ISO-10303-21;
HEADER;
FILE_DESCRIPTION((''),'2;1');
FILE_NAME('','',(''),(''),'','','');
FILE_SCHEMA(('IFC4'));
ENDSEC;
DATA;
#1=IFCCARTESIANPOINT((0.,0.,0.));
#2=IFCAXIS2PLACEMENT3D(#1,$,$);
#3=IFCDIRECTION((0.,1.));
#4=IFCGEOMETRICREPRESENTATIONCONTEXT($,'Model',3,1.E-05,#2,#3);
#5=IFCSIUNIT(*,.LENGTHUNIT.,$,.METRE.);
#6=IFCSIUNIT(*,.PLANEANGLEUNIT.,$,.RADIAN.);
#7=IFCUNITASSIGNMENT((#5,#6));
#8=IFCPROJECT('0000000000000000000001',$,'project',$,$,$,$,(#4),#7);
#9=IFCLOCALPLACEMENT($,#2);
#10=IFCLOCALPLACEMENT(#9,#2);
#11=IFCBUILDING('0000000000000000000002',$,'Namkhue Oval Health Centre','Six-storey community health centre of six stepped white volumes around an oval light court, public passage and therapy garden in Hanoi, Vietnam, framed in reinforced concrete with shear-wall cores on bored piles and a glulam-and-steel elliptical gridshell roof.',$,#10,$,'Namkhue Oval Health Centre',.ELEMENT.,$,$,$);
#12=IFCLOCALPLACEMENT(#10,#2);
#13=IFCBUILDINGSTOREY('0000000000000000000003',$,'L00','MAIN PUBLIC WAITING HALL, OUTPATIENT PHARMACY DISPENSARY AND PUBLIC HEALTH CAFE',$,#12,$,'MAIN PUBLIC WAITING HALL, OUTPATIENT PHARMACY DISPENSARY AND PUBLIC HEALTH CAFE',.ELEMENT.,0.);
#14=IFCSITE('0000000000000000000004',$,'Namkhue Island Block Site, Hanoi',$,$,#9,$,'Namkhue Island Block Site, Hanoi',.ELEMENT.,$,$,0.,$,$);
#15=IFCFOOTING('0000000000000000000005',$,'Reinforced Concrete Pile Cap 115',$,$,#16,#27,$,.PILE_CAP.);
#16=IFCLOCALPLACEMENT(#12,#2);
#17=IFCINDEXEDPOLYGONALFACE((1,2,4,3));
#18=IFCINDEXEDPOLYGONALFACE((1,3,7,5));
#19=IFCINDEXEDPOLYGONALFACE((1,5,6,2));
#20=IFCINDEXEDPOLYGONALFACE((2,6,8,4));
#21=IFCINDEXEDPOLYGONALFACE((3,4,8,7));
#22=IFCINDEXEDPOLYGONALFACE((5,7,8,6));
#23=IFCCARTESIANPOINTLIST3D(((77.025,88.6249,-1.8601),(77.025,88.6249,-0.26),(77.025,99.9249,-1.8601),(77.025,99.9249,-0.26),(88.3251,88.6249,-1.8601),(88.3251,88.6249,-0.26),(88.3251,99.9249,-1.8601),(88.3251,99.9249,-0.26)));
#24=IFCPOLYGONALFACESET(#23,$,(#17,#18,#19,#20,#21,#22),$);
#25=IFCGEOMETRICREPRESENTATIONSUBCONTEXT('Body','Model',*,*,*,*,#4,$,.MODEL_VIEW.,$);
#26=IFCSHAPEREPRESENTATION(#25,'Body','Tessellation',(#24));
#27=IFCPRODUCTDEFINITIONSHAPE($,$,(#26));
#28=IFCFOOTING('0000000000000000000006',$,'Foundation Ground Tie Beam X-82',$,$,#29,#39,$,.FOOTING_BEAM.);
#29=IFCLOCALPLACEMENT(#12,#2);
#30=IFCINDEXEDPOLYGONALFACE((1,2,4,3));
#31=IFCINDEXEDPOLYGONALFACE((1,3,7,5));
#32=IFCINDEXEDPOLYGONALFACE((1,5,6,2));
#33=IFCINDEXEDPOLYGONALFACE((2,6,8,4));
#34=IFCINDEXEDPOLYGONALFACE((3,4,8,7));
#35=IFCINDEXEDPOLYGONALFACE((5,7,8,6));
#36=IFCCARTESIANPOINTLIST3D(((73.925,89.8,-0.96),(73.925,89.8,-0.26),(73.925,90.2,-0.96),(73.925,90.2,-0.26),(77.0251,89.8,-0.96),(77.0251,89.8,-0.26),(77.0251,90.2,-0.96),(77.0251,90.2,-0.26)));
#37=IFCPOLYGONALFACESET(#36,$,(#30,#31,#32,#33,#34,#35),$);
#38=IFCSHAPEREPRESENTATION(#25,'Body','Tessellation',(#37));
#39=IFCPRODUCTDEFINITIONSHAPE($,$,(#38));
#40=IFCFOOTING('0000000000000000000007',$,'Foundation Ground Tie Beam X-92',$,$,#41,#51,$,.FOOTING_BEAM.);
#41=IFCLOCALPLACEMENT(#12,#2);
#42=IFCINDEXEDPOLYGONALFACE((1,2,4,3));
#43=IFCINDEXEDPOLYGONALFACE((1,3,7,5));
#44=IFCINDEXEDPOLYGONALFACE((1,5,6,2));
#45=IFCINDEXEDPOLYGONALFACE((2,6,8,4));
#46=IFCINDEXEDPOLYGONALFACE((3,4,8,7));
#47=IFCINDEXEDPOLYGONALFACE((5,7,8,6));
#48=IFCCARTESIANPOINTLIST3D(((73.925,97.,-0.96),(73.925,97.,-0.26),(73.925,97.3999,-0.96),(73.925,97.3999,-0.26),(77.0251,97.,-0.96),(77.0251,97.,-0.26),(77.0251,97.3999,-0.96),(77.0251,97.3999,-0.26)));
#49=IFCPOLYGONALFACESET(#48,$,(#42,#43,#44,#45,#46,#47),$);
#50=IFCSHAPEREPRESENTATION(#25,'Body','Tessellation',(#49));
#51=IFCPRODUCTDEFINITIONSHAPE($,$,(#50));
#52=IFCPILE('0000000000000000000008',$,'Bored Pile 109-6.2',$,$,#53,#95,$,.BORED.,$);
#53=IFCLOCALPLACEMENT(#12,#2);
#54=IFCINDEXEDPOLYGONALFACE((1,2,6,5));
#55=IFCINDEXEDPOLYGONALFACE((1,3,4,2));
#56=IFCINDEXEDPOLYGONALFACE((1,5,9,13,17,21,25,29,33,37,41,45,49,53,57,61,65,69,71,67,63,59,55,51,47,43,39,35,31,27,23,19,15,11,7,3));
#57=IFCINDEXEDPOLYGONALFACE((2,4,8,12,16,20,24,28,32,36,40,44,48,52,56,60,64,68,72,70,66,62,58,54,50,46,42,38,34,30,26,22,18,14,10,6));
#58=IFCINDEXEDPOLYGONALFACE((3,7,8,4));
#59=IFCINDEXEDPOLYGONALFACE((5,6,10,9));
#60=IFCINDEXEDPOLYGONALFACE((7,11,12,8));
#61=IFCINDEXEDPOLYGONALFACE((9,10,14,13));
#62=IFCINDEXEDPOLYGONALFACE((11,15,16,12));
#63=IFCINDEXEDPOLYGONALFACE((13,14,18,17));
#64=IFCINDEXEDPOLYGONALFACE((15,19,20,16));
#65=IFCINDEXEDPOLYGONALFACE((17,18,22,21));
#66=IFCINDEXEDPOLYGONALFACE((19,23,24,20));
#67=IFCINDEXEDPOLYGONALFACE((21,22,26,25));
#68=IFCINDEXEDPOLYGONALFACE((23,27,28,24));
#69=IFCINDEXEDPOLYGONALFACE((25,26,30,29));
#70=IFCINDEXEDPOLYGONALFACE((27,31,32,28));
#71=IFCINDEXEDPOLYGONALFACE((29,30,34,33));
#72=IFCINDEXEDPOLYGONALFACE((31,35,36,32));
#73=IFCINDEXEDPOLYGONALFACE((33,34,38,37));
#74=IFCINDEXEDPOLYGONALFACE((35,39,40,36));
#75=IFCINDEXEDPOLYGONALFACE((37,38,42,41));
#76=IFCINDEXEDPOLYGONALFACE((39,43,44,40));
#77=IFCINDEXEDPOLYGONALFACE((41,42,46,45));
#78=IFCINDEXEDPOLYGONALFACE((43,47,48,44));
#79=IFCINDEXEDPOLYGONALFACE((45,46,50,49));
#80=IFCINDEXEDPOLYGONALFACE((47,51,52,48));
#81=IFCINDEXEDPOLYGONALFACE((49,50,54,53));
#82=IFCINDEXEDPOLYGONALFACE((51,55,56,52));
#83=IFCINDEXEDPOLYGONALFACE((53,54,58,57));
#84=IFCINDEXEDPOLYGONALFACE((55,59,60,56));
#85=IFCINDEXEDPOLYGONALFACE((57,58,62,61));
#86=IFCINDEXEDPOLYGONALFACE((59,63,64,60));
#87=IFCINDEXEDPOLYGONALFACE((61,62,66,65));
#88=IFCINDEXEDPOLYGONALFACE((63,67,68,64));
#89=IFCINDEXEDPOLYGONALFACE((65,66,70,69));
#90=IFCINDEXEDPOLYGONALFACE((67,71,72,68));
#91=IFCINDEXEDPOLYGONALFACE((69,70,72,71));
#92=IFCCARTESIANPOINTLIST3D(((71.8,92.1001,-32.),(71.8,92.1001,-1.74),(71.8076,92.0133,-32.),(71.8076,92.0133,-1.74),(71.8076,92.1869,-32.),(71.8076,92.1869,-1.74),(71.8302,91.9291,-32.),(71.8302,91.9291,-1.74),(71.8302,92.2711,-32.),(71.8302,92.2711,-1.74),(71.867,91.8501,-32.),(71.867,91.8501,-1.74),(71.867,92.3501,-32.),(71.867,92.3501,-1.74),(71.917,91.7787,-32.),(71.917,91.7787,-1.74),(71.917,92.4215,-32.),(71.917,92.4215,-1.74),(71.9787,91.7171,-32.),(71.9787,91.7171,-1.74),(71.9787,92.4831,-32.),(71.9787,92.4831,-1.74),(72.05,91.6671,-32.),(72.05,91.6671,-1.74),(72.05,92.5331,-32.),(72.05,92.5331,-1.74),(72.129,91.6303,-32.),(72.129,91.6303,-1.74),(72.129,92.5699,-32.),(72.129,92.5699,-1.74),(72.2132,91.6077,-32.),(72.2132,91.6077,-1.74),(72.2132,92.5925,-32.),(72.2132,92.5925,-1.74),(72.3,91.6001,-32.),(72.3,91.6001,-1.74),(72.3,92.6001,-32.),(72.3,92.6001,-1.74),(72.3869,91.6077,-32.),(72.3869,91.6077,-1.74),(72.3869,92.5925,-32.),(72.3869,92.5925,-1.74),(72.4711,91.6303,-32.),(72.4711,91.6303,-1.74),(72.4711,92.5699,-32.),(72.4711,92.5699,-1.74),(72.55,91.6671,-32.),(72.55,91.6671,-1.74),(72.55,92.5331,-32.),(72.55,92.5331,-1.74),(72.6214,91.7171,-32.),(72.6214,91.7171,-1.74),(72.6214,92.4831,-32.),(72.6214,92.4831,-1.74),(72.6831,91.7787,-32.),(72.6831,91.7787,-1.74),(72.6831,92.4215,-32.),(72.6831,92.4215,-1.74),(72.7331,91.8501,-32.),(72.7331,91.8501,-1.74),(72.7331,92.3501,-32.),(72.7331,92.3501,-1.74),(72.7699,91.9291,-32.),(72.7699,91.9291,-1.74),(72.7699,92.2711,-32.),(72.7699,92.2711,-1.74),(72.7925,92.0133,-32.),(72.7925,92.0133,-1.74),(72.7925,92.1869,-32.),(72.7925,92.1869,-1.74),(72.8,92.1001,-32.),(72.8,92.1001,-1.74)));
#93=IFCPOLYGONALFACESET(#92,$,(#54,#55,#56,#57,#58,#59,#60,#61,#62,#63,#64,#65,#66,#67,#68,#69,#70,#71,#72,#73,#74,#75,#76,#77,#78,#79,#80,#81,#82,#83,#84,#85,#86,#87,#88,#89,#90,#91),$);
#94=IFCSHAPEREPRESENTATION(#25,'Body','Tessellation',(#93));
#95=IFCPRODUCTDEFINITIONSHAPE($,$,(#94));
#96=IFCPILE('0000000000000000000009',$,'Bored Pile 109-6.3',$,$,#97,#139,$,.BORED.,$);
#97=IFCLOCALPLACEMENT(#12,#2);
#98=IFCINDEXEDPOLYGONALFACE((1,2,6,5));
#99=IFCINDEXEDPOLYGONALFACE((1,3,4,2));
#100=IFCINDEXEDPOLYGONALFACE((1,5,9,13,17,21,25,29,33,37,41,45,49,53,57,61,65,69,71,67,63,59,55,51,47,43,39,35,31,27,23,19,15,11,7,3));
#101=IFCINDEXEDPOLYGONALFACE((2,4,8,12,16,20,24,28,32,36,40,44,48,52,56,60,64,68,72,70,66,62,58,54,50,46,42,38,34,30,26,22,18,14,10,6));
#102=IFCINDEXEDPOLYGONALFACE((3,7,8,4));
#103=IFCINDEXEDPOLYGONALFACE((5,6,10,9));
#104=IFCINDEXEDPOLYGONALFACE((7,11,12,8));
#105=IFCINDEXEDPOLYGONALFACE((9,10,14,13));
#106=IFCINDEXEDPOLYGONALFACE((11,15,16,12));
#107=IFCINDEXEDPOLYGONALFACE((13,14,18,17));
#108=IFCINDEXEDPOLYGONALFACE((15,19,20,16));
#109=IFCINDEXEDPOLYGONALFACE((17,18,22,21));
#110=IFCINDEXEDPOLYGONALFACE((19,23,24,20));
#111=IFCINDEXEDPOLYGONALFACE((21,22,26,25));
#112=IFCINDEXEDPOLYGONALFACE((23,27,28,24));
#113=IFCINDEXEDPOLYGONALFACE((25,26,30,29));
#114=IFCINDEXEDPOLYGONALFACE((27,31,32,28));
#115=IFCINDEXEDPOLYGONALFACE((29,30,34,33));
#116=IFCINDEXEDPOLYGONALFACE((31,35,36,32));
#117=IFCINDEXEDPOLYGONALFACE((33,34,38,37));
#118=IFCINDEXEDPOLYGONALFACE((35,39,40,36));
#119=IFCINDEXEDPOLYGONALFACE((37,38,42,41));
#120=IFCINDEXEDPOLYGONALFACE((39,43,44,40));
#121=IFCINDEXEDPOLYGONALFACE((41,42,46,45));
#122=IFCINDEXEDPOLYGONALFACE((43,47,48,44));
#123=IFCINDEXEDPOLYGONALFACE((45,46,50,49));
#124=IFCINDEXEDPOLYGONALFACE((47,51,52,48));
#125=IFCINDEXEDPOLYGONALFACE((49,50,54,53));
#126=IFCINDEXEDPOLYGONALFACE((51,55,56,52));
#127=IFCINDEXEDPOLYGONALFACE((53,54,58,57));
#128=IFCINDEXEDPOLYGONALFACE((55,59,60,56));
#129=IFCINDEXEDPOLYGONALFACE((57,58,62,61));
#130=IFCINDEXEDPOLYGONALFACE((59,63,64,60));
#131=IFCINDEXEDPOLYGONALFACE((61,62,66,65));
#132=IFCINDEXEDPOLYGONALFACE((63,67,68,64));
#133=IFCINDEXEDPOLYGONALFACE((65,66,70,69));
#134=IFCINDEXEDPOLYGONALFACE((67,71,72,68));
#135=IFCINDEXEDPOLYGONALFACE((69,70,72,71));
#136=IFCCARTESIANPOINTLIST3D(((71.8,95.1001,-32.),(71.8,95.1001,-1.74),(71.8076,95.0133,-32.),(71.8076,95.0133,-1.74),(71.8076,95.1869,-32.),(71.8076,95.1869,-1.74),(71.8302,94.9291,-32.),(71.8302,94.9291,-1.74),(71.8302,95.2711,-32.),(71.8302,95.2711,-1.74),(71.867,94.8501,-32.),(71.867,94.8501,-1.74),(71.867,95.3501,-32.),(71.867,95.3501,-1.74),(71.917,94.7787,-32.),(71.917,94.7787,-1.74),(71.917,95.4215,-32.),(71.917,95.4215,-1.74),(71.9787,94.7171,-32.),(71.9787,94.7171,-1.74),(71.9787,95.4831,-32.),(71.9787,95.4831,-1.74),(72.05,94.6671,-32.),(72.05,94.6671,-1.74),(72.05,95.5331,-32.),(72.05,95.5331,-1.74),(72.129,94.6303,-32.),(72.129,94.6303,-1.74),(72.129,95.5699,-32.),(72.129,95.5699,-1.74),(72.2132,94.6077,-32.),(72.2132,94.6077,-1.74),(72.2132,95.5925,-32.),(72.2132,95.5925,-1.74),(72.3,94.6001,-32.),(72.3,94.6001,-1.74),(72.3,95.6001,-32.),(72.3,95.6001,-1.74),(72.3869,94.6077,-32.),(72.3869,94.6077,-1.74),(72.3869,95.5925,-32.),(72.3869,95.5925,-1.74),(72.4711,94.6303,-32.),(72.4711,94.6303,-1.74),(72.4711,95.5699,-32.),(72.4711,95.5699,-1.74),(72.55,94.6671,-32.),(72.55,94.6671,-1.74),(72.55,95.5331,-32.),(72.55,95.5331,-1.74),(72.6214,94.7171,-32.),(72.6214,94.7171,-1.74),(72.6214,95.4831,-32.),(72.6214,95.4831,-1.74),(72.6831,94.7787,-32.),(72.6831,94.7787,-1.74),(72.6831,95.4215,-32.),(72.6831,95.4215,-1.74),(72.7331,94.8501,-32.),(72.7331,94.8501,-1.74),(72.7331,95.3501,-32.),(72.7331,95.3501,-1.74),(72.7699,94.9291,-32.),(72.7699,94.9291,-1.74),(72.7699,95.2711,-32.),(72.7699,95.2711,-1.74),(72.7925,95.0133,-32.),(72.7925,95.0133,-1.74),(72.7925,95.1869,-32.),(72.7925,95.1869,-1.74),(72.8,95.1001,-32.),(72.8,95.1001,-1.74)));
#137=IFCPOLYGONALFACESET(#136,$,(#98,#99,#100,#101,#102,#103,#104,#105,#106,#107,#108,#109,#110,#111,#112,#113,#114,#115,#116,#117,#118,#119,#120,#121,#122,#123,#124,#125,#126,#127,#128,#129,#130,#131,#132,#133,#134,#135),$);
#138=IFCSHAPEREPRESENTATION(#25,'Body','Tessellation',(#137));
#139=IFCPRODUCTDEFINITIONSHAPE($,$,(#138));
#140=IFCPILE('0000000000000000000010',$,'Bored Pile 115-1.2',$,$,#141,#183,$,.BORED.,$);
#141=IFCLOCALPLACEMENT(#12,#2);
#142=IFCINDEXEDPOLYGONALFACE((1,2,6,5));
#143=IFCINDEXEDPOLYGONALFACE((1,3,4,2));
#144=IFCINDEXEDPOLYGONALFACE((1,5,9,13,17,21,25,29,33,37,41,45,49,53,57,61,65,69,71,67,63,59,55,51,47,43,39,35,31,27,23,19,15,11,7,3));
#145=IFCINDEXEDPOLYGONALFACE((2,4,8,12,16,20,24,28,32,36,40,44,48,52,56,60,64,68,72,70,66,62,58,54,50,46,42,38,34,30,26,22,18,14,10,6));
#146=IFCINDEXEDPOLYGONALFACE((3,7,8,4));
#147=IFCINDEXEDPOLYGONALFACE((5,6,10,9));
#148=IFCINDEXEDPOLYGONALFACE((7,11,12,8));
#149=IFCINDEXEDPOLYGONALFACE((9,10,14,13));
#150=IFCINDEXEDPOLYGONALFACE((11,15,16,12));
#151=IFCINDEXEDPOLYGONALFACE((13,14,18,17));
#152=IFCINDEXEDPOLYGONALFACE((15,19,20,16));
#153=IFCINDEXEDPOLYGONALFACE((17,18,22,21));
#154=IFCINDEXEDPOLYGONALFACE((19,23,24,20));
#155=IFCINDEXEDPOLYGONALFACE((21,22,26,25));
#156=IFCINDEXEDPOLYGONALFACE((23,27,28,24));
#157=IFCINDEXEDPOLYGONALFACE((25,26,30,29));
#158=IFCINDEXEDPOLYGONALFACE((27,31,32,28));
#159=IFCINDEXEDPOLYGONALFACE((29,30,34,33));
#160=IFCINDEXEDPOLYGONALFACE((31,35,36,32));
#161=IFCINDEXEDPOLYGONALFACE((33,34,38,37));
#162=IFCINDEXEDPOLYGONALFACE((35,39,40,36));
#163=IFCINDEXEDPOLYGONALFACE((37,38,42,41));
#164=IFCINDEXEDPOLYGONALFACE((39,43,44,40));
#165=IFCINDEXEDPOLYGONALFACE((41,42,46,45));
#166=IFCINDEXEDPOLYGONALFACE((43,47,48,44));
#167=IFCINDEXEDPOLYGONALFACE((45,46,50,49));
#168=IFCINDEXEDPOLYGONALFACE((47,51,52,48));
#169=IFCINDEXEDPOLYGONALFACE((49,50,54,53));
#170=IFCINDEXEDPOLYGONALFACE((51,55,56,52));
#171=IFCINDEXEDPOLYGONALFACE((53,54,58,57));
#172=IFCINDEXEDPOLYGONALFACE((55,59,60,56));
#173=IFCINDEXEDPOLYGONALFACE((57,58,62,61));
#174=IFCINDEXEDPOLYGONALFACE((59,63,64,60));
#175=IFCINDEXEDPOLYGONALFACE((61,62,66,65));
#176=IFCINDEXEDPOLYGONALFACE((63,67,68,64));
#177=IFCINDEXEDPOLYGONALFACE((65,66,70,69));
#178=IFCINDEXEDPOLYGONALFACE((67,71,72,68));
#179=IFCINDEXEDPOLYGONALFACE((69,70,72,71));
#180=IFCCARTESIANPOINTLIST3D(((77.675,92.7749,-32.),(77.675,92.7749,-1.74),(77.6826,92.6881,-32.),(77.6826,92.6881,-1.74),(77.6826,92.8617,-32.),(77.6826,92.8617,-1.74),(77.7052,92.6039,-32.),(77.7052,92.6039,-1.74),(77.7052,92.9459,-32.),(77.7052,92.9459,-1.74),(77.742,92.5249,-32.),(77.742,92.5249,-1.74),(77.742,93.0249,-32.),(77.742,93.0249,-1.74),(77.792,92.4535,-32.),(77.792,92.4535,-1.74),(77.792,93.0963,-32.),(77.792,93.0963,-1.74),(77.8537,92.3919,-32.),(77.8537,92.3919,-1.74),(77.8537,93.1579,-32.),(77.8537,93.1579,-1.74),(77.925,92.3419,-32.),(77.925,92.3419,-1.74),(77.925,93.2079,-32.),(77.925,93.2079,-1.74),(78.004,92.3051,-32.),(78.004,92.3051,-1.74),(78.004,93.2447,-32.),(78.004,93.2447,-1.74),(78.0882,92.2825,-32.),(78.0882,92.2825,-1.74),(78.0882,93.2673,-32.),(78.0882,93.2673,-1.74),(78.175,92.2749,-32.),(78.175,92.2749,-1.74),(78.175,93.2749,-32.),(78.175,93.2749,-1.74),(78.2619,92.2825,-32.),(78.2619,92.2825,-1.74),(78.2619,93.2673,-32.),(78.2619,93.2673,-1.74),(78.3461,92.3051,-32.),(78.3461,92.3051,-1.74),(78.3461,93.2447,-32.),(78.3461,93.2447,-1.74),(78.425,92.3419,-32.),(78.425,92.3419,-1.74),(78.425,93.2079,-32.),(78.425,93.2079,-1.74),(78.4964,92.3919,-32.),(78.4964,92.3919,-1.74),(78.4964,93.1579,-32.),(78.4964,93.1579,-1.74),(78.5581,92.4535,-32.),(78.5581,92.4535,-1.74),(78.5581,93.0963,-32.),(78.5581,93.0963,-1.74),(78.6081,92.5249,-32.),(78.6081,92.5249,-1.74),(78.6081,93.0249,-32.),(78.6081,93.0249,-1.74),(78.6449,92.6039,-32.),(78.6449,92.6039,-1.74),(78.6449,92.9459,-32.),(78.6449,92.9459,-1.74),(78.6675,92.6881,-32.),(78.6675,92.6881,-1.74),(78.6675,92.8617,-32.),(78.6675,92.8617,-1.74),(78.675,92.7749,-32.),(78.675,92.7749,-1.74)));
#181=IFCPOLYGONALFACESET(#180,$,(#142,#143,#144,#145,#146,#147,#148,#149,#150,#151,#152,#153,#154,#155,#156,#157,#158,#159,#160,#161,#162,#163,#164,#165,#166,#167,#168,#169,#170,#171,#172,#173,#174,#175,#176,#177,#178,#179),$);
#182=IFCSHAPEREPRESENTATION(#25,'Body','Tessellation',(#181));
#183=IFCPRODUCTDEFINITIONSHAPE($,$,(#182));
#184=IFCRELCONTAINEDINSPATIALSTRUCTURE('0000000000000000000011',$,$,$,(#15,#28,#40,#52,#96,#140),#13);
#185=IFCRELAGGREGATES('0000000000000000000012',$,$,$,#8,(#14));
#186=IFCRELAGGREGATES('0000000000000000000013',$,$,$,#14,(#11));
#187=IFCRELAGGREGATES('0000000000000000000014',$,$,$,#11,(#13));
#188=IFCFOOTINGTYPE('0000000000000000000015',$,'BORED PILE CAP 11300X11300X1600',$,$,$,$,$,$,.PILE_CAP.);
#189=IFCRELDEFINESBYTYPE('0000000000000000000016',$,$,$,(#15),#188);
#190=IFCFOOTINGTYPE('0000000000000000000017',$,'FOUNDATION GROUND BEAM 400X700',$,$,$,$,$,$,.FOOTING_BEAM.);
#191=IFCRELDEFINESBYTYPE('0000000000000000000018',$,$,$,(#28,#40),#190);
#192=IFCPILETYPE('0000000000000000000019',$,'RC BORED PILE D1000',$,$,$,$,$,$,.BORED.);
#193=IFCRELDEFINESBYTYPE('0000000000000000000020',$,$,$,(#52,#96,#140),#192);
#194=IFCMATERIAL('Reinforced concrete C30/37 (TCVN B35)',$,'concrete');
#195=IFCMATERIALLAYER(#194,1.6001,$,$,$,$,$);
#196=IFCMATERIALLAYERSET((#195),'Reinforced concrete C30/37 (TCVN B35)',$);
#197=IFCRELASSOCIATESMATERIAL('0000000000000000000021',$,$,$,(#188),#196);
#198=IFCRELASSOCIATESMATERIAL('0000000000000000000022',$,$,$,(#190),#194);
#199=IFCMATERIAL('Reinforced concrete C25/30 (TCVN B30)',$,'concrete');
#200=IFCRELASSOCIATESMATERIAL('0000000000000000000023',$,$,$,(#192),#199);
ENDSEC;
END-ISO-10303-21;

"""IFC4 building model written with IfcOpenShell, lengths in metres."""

from ifc_helpers import new_model, si_unit, direction, frame, origin, origin_2d, place, context, subcontext, project, spatial, rectangle, circle, extrude, material, layer, layer_set, material_profile, profile_set, type_object, element, save


model = new_model("IFC4")

# Units and contexts
model_context = context("Model", 3, precision=1e-05, world=origin(), true_north=direction((0.0, 1.0)))
body_context = subcontext(model_context, "Body", "Model", "MODEL_VIEW")
ifc_project = project(units=[si_unit("LENGTHUNIT", "METRE"), si_unit("PLANEANGLEUNIT", "RADIAN")], contexts=[model_context])

# Site, building, storey
site_placement = place(None, origin())
site = spatial("IfcSite", under=ifc_project, at=site_placement, Name="Namkhue Island Block Site, Hanoi", LongName="Namkhue Island Block Site, Hanoi", CompositionType="ELEMENT", RefElevation=0.0)
building_placement = place(site_placement, origin())
building = spatial("IfcBuilding", under=site, at=building_placement, Name="Namkhue Oval Health Centre", Description="Six-storey community health centre of six stepped white volumes around an oval light court, public passage and therapy garden in Hanoi, Vietnam, framed in reinforced concrete with shear-wall cores on bored piles and a glulam-and-steel elliptical gridshell roof.", LongName="Namkhue Oval Health Centre", CompositionType="ELEMENT")
storey_placement = place(building_placement, origin())
storey = spatial("IfcBuildingStorey", under=building, at=storey_placement, Name="L00", Description="MAIN PUBLIC WAITING HALL, OUTPATIENT PHARMACY DISPENSARY AND PUBLIC HEALTH CAFE", LongName="MAIN PUBLIC WAITING HALL, OUTPATIENT PHARMACY DISPENSARY AND PUBLIC HEALTH CAFE", CompositionType="ELEMENT", Elevation=0.0)

# Footings
ifc_material_1 = material(Name="Reinforced concrete C30/37 (TCVN B35)", Category="concrete")
ifc_layer_1 = layer(ifc_material_1, 1.6001)
ifc_layer_set_1 = layer_set([ifc_layer_1], Name="Reinforced concrete C30/37 (TCVN B35)")
footing_type_1 = type_object("IfcFootingType", Name="BORED PILE CAP 11300X11300X1600", PredefinedType="PILE_CAP", material=ifc_layer_set_1)
footing_placement = place(storey_placement, frame((82.675, 94.2749, -1.8601), z_axis=(0.0, 0.0, 1.0), x_axis=(1.0, 0.0, 0.0)))
element("IfcFooting", 1, at=footing_placement, inside=storey, type_object=footing_type_1, Name="Reinforced Concrete Pile Cap 115", PredefinedType="PILE_CAP", context=body_context, shape_type="SweptSolid", body=[
    extrude(rectangle(XDim=11.3, YDim=11.3, at=origin_2d()), origin(), (0.0, 0.0, 1.0), 1.6001),
])
footing_type_2 = type_object("IfcFootingType", Name="FOUNDATION GROUND BEAM 400X700", PredefinedType="FOOTING_BEAM", material=ifc_material_1)
for number, where, z_axis, x_axis, name in (
    (2, (75.4751, 90.0, -0.96), (0.0, 0.0, 1.0), (1.0, 0.0, 0.0), "Foundation Ground Tie Beam X-82"),
    (3, (75.4751, 97.2, -0.96), (0.0, 0.0, 1.0), (1.0, 0.0, 0.0), "Foundation Ground Tie Beam X-92"),
):
    element("IfcFooting", number, at=place(storey_placement, frame(where, z_axis=z_axis, x_axis=x_axis)), inside=storey, type_object=footing_type_2, Name=name, PredefinedType="FOOTING_BEAM", context=body_context, shape_type="SweptSolid", body=[
        extrude(rectangle(XDim=3.1001, YDim=0.3999, at=origin_2d()), origin(), (0.0, 0.0, 1.0), 0.7),
    ])

# Piles
ifc_material_2 = material(Name="Reinforced concrete C25/30 (TCVN B30)", Category="concrete")
ifc_material_profile_1 = material_profile(ifc_material_2, circle(Radius=0.5, at=origin_2d()), Name="BORED PILE D1000")
ifc_profile_set_1 = profile_set([ifc_material_profile_1], Name="Reinforced concrete C25/30 (TCVN B30)")
pile_type = type_object("IfcPileType", Name="RC BORED PILE D1000", PredefinedType="BORED", material=ifc_profile_set_1)
for number, where, z_axis, x_axis, name in (
    (4, (72.3, 92.1001, -1.74), (0.0, 0.0, -1.0), (1.0, 0.0, 0.0), "Bored Pile 109-6.2"),
    (5, (72.3, 95.1001, -1.74), (0.0, 0.0, -1.0), (1.0, 0.0, 0.0), "Bored Pile 109-6.3"),
    (6, (78.175, 92.7749, -1.74), (0.0, 0.0, -1.0), (1.0, 0.0, 0.0), "Bored Pile 115-1.2"),
):
    element("IfcPile", number, at=place(storey_placement, frame(where, z_axis=z_axis, x_axis=x_axis)), inside=storey, type_object=pile_type, Name=name, PredefinedType="BORED", context=body_context, shape_type="SweptSolid", body=[
        extrude(circle(Radius=0.5, at=origin_2d()), origin(), (0.0, 0.0, 1.0), 30.26),
    ])

save(model, "model.ifc")
